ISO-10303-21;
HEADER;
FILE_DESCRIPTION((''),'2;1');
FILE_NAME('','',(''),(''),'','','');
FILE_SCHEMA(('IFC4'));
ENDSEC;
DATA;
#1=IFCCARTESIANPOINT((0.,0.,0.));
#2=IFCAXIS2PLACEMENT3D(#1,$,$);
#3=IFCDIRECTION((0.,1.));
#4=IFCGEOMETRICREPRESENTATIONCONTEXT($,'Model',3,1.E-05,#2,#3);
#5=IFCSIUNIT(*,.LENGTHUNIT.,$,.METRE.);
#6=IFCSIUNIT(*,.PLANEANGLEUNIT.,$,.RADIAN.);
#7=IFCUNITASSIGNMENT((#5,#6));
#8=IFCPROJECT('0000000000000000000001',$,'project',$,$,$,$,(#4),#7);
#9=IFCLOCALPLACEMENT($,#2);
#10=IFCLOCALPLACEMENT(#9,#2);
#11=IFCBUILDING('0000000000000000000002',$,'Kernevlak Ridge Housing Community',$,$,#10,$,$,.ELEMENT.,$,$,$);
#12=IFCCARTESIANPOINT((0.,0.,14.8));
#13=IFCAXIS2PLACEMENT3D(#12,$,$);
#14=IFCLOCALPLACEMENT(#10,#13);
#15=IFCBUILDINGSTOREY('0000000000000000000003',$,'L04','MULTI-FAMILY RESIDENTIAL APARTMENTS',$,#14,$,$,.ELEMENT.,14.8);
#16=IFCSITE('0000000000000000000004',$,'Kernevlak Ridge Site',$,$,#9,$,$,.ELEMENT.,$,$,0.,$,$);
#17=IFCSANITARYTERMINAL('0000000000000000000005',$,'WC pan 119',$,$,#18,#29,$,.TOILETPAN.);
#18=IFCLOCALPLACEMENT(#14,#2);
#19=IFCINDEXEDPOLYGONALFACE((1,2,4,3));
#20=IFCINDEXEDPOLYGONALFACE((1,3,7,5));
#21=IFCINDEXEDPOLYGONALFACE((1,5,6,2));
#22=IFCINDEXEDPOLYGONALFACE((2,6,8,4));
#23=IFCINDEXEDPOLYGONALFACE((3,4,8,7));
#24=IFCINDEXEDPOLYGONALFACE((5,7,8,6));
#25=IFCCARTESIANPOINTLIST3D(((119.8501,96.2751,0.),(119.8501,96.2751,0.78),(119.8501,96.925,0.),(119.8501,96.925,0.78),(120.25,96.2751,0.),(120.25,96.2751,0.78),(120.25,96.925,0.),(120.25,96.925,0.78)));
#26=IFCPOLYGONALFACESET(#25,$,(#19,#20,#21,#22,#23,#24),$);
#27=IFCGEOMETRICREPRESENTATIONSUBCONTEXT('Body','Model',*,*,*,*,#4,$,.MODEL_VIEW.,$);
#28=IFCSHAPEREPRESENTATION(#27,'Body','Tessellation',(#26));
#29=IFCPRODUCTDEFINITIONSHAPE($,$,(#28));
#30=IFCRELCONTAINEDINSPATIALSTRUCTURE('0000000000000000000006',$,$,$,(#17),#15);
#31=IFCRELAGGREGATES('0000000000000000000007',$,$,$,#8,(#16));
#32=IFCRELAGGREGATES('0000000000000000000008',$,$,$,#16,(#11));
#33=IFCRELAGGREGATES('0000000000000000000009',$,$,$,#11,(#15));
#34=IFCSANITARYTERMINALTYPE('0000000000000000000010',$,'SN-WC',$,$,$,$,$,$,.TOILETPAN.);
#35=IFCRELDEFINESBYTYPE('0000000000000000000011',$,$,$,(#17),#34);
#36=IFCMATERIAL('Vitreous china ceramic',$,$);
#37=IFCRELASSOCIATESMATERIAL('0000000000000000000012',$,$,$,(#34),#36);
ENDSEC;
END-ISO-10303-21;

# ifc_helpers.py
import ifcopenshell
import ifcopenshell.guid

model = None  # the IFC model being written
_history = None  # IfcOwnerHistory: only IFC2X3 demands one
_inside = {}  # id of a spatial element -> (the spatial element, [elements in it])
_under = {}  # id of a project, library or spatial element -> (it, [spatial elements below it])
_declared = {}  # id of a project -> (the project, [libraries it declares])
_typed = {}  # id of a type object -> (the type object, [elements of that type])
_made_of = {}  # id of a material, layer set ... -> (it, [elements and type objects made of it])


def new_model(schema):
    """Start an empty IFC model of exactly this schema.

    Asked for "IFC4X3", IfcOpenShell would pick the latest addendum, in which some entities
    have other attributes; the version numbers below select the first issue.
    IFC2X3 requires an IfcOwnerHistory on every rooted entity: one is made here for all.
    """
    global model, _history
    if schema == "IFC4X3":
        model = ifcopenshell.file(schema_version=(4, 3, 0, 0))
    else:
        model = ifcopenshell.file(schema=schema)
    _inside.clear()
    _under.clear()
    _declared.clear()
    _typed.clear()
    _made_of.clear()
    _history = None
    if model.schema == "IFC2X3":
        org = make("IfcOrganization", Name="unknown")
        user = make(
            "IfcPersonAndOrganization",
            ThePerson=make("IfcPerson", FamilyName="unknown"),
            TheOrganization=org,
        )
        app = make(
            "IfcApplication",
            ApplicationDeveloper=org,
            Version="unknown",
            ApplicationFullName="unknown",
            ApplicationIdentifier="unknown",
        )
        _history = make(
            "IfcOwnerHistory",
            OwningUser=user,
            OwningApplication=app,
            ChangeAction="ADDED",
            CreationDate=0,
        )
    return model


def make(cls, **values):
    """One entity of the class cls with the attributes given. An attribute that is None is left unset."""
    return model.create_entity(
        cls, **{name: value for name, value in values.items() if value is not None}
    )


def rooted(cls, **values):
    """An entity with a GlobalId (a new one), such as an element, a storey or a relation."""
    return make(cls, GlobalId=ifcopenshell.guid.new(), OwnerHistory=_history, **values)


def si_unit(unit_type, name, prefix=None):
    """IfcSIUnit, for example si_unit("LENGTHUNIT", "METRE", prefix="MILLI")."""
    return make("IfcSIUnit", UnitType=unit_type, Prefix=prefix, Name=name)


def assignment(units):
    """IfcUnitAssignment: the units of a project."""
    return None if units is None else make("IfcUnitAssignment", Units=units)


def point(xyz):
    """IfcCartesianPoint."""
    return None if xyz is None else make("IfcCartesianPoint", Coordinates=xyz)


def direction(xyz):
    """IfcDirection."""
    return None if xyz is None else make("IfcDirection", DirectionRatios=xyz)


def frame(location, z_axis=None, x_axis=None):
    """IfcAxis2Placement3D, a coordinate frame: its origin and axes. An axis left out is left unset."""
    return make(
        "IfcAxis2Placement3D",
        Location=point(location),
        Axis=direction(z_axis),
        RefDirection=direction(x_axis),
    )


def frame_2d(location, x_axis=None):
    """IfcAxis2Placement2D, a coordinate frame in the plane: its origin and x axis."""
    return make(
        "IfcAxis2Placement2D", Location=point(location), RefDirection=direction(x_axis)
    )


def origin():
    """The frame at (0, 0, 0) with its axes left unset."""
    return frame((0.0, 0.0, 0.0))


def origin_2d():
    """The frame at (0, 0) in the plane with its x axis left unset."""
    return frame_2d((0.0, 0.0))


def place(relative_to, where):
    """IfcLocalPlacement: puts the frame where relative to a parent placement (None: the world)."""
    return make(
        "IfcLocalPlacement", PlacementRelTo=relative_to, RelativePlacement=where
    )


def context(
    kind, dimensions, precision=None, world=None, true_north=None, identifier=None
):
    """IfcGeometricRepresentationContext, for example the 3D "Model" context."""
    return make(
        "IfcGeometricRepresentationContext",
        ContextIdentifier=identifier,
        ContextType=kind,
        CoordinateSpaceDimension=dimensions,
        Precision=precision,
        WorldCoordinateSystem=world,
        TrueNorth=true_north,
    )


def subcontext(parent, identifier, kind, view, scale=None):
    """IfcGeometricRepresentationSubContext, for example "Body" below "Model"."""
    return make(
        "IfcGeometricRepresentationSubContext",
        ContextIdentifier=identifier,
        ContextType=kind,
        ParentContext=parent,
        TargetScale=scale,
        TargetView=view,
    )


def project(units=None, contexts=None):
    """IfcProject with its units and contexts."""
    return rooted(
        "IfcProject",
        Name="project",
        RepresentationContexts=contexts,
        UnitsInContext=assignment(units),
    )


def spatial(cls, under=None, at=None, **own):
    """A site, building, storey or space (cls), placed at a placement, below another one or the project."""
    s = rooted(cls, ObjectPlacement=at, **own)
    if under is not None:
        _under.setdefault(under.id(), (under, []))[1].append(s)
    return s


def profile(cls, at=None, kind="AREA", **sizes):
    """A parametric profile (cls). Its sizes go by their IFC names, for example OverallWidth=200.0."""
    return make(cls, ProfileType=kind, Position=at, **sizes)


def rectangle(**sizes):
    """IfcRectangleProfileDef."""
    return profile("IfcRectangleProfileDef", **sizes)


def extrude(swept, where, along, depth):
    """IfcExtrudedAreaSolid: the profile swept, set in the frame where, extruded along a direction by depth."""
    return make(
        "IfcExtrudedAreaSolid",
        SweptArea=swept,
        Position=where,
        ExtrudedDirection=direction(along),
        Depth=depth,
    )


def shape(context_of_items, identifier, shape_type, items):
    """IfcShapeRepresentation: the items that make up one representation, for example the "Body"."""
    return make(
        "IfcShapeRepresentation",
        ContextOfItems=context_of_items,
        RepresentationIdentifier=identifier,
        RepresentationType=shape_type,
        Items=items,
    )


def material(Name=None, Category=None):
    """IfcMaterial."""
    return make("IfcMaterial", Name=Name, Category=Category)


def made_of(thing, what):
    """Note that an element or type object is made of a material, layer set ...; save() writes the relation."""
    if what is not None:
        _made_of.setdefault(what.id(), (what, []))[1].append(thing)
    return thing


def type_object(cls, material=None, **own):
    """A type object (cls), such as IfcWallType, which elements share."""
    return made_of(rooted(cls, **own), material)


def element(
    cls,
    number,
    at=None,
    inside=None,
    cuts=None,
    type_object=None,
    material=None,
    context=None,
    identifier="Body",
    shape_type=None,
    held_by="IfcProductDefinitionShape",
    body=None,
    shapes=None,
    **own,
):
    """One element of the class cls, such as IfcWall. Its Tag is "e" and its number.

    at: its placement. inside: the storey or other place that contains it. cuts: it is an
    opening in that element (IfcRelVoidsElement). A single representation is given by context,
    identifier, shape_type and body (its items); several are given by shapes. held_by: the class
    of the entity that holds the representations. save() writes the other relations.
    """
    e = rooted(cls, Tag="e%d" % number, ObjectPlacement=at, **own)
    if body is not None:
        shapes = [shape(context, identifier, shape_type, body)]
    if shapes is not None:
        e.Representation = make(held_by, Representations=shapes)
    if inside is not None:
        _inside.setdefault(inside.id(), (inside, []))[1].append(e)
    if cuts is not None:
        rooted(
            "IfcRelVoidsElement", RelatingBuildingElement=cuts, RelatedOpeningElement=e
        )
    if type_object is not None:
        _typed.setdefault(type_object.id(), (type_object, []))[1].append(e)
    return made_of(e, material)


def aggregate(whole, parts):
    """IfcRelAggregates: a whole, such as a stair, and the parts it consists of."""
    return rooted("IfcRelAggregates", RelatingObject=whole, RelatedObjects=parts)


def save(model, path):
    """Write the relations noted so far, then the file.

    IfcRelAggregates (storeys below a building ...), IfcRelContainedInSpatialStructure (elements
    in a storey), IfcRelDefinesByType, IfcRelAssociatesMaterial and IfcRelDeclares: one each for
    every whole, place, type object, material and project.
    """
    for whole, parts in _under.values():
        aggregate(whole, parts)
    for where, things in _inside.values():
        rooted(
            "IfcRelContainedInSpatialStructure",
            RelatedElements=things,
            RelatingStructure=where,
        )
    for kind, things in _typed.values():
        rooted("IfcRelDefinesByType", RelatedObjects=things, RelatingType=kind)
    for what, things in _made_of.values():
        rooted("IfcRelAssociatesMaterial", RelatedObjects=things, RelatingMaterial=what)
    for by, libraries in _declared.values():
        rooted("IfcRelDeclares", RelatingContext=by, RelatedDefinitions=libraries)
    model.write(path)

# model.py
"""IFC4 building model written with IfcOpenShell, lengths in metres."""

from ifc_helpers import new_model, si_unit, direction, frame, origin, origin_2d, place, context, subcontext, project, spatial, rectangle, extrude, material, type_object, element, save


model = new_model("IFC4")

# Units and contexts
model_context = context("Model", 3, precision=1e-05, world=origin(), true_north=direction((0.0, 1.0)))
body_context = subcontext(model_context, "Body", "Model", "MODEL_VIEW")
ifc_project = project(units=[si_unit("LENGTHUNIT", "METRE"), si_unit("PLANEANGLEUNIT", "RADIAN")], contexts=[model_context])

# Site, building, storey
site_placement = place(None, origin())
site = spatial("IfcSite", under=ifc_project, at=site_placement, Name="Kernevlak Ridge Site", CompositionType="ELEMENT", RefElevation=0.0)
building_placement = place(site_placement, origin())
building = spatial("IfcBuilding", under=site, at=building_placement, Name="Kernevlak Ridge Housing Community", CompositionType="ELEMENT")
storey_placement = place(building_placement, frame((0.0, 0.0, 14.8)))
storey = spatial("IfcBuildingStorey", under=building, at=storey_placement, Name="L04", Description="MULTI-FAMILY RESIDENTIAL APARTMENTS", CompositionType="ELEMENT", Elevation=14.8)

# Sanitary terminal
ifc_material_1 = material(Name="Vitreous china ceramic")
sanitary_terminal_type_1 = type_object("IfcSanitaryTerminalType", Name="SN-WC", PredefinedType="TOILETPAN", material=ifc_material_1)
for number, where, z_axis, x_axis, name in (
    (1, (120.05, 96.6001, 0.0), (0.0, 0.0, 1.0), (1.0, 0.0, 0.0), "WC pan 119"),
):
    element("IfcSanitaryTerminal", number, at=place(storey_placement, frame(where, z_axis=z_axis, x_axis=x_axis)), inside=storey, type_object=sanitary_terminal_type_1, Name=name, PredefinedType="TOILETPAN", context=body_context, shape_type="SweptSolid", body=[
        extrude(rectangle(XDim=0.3999, YDim=0.6499, at=origin_2d()), origin(), (0.0, 0.0, 1.0), 0.78),
    ])

save(model, "model.ifc")
